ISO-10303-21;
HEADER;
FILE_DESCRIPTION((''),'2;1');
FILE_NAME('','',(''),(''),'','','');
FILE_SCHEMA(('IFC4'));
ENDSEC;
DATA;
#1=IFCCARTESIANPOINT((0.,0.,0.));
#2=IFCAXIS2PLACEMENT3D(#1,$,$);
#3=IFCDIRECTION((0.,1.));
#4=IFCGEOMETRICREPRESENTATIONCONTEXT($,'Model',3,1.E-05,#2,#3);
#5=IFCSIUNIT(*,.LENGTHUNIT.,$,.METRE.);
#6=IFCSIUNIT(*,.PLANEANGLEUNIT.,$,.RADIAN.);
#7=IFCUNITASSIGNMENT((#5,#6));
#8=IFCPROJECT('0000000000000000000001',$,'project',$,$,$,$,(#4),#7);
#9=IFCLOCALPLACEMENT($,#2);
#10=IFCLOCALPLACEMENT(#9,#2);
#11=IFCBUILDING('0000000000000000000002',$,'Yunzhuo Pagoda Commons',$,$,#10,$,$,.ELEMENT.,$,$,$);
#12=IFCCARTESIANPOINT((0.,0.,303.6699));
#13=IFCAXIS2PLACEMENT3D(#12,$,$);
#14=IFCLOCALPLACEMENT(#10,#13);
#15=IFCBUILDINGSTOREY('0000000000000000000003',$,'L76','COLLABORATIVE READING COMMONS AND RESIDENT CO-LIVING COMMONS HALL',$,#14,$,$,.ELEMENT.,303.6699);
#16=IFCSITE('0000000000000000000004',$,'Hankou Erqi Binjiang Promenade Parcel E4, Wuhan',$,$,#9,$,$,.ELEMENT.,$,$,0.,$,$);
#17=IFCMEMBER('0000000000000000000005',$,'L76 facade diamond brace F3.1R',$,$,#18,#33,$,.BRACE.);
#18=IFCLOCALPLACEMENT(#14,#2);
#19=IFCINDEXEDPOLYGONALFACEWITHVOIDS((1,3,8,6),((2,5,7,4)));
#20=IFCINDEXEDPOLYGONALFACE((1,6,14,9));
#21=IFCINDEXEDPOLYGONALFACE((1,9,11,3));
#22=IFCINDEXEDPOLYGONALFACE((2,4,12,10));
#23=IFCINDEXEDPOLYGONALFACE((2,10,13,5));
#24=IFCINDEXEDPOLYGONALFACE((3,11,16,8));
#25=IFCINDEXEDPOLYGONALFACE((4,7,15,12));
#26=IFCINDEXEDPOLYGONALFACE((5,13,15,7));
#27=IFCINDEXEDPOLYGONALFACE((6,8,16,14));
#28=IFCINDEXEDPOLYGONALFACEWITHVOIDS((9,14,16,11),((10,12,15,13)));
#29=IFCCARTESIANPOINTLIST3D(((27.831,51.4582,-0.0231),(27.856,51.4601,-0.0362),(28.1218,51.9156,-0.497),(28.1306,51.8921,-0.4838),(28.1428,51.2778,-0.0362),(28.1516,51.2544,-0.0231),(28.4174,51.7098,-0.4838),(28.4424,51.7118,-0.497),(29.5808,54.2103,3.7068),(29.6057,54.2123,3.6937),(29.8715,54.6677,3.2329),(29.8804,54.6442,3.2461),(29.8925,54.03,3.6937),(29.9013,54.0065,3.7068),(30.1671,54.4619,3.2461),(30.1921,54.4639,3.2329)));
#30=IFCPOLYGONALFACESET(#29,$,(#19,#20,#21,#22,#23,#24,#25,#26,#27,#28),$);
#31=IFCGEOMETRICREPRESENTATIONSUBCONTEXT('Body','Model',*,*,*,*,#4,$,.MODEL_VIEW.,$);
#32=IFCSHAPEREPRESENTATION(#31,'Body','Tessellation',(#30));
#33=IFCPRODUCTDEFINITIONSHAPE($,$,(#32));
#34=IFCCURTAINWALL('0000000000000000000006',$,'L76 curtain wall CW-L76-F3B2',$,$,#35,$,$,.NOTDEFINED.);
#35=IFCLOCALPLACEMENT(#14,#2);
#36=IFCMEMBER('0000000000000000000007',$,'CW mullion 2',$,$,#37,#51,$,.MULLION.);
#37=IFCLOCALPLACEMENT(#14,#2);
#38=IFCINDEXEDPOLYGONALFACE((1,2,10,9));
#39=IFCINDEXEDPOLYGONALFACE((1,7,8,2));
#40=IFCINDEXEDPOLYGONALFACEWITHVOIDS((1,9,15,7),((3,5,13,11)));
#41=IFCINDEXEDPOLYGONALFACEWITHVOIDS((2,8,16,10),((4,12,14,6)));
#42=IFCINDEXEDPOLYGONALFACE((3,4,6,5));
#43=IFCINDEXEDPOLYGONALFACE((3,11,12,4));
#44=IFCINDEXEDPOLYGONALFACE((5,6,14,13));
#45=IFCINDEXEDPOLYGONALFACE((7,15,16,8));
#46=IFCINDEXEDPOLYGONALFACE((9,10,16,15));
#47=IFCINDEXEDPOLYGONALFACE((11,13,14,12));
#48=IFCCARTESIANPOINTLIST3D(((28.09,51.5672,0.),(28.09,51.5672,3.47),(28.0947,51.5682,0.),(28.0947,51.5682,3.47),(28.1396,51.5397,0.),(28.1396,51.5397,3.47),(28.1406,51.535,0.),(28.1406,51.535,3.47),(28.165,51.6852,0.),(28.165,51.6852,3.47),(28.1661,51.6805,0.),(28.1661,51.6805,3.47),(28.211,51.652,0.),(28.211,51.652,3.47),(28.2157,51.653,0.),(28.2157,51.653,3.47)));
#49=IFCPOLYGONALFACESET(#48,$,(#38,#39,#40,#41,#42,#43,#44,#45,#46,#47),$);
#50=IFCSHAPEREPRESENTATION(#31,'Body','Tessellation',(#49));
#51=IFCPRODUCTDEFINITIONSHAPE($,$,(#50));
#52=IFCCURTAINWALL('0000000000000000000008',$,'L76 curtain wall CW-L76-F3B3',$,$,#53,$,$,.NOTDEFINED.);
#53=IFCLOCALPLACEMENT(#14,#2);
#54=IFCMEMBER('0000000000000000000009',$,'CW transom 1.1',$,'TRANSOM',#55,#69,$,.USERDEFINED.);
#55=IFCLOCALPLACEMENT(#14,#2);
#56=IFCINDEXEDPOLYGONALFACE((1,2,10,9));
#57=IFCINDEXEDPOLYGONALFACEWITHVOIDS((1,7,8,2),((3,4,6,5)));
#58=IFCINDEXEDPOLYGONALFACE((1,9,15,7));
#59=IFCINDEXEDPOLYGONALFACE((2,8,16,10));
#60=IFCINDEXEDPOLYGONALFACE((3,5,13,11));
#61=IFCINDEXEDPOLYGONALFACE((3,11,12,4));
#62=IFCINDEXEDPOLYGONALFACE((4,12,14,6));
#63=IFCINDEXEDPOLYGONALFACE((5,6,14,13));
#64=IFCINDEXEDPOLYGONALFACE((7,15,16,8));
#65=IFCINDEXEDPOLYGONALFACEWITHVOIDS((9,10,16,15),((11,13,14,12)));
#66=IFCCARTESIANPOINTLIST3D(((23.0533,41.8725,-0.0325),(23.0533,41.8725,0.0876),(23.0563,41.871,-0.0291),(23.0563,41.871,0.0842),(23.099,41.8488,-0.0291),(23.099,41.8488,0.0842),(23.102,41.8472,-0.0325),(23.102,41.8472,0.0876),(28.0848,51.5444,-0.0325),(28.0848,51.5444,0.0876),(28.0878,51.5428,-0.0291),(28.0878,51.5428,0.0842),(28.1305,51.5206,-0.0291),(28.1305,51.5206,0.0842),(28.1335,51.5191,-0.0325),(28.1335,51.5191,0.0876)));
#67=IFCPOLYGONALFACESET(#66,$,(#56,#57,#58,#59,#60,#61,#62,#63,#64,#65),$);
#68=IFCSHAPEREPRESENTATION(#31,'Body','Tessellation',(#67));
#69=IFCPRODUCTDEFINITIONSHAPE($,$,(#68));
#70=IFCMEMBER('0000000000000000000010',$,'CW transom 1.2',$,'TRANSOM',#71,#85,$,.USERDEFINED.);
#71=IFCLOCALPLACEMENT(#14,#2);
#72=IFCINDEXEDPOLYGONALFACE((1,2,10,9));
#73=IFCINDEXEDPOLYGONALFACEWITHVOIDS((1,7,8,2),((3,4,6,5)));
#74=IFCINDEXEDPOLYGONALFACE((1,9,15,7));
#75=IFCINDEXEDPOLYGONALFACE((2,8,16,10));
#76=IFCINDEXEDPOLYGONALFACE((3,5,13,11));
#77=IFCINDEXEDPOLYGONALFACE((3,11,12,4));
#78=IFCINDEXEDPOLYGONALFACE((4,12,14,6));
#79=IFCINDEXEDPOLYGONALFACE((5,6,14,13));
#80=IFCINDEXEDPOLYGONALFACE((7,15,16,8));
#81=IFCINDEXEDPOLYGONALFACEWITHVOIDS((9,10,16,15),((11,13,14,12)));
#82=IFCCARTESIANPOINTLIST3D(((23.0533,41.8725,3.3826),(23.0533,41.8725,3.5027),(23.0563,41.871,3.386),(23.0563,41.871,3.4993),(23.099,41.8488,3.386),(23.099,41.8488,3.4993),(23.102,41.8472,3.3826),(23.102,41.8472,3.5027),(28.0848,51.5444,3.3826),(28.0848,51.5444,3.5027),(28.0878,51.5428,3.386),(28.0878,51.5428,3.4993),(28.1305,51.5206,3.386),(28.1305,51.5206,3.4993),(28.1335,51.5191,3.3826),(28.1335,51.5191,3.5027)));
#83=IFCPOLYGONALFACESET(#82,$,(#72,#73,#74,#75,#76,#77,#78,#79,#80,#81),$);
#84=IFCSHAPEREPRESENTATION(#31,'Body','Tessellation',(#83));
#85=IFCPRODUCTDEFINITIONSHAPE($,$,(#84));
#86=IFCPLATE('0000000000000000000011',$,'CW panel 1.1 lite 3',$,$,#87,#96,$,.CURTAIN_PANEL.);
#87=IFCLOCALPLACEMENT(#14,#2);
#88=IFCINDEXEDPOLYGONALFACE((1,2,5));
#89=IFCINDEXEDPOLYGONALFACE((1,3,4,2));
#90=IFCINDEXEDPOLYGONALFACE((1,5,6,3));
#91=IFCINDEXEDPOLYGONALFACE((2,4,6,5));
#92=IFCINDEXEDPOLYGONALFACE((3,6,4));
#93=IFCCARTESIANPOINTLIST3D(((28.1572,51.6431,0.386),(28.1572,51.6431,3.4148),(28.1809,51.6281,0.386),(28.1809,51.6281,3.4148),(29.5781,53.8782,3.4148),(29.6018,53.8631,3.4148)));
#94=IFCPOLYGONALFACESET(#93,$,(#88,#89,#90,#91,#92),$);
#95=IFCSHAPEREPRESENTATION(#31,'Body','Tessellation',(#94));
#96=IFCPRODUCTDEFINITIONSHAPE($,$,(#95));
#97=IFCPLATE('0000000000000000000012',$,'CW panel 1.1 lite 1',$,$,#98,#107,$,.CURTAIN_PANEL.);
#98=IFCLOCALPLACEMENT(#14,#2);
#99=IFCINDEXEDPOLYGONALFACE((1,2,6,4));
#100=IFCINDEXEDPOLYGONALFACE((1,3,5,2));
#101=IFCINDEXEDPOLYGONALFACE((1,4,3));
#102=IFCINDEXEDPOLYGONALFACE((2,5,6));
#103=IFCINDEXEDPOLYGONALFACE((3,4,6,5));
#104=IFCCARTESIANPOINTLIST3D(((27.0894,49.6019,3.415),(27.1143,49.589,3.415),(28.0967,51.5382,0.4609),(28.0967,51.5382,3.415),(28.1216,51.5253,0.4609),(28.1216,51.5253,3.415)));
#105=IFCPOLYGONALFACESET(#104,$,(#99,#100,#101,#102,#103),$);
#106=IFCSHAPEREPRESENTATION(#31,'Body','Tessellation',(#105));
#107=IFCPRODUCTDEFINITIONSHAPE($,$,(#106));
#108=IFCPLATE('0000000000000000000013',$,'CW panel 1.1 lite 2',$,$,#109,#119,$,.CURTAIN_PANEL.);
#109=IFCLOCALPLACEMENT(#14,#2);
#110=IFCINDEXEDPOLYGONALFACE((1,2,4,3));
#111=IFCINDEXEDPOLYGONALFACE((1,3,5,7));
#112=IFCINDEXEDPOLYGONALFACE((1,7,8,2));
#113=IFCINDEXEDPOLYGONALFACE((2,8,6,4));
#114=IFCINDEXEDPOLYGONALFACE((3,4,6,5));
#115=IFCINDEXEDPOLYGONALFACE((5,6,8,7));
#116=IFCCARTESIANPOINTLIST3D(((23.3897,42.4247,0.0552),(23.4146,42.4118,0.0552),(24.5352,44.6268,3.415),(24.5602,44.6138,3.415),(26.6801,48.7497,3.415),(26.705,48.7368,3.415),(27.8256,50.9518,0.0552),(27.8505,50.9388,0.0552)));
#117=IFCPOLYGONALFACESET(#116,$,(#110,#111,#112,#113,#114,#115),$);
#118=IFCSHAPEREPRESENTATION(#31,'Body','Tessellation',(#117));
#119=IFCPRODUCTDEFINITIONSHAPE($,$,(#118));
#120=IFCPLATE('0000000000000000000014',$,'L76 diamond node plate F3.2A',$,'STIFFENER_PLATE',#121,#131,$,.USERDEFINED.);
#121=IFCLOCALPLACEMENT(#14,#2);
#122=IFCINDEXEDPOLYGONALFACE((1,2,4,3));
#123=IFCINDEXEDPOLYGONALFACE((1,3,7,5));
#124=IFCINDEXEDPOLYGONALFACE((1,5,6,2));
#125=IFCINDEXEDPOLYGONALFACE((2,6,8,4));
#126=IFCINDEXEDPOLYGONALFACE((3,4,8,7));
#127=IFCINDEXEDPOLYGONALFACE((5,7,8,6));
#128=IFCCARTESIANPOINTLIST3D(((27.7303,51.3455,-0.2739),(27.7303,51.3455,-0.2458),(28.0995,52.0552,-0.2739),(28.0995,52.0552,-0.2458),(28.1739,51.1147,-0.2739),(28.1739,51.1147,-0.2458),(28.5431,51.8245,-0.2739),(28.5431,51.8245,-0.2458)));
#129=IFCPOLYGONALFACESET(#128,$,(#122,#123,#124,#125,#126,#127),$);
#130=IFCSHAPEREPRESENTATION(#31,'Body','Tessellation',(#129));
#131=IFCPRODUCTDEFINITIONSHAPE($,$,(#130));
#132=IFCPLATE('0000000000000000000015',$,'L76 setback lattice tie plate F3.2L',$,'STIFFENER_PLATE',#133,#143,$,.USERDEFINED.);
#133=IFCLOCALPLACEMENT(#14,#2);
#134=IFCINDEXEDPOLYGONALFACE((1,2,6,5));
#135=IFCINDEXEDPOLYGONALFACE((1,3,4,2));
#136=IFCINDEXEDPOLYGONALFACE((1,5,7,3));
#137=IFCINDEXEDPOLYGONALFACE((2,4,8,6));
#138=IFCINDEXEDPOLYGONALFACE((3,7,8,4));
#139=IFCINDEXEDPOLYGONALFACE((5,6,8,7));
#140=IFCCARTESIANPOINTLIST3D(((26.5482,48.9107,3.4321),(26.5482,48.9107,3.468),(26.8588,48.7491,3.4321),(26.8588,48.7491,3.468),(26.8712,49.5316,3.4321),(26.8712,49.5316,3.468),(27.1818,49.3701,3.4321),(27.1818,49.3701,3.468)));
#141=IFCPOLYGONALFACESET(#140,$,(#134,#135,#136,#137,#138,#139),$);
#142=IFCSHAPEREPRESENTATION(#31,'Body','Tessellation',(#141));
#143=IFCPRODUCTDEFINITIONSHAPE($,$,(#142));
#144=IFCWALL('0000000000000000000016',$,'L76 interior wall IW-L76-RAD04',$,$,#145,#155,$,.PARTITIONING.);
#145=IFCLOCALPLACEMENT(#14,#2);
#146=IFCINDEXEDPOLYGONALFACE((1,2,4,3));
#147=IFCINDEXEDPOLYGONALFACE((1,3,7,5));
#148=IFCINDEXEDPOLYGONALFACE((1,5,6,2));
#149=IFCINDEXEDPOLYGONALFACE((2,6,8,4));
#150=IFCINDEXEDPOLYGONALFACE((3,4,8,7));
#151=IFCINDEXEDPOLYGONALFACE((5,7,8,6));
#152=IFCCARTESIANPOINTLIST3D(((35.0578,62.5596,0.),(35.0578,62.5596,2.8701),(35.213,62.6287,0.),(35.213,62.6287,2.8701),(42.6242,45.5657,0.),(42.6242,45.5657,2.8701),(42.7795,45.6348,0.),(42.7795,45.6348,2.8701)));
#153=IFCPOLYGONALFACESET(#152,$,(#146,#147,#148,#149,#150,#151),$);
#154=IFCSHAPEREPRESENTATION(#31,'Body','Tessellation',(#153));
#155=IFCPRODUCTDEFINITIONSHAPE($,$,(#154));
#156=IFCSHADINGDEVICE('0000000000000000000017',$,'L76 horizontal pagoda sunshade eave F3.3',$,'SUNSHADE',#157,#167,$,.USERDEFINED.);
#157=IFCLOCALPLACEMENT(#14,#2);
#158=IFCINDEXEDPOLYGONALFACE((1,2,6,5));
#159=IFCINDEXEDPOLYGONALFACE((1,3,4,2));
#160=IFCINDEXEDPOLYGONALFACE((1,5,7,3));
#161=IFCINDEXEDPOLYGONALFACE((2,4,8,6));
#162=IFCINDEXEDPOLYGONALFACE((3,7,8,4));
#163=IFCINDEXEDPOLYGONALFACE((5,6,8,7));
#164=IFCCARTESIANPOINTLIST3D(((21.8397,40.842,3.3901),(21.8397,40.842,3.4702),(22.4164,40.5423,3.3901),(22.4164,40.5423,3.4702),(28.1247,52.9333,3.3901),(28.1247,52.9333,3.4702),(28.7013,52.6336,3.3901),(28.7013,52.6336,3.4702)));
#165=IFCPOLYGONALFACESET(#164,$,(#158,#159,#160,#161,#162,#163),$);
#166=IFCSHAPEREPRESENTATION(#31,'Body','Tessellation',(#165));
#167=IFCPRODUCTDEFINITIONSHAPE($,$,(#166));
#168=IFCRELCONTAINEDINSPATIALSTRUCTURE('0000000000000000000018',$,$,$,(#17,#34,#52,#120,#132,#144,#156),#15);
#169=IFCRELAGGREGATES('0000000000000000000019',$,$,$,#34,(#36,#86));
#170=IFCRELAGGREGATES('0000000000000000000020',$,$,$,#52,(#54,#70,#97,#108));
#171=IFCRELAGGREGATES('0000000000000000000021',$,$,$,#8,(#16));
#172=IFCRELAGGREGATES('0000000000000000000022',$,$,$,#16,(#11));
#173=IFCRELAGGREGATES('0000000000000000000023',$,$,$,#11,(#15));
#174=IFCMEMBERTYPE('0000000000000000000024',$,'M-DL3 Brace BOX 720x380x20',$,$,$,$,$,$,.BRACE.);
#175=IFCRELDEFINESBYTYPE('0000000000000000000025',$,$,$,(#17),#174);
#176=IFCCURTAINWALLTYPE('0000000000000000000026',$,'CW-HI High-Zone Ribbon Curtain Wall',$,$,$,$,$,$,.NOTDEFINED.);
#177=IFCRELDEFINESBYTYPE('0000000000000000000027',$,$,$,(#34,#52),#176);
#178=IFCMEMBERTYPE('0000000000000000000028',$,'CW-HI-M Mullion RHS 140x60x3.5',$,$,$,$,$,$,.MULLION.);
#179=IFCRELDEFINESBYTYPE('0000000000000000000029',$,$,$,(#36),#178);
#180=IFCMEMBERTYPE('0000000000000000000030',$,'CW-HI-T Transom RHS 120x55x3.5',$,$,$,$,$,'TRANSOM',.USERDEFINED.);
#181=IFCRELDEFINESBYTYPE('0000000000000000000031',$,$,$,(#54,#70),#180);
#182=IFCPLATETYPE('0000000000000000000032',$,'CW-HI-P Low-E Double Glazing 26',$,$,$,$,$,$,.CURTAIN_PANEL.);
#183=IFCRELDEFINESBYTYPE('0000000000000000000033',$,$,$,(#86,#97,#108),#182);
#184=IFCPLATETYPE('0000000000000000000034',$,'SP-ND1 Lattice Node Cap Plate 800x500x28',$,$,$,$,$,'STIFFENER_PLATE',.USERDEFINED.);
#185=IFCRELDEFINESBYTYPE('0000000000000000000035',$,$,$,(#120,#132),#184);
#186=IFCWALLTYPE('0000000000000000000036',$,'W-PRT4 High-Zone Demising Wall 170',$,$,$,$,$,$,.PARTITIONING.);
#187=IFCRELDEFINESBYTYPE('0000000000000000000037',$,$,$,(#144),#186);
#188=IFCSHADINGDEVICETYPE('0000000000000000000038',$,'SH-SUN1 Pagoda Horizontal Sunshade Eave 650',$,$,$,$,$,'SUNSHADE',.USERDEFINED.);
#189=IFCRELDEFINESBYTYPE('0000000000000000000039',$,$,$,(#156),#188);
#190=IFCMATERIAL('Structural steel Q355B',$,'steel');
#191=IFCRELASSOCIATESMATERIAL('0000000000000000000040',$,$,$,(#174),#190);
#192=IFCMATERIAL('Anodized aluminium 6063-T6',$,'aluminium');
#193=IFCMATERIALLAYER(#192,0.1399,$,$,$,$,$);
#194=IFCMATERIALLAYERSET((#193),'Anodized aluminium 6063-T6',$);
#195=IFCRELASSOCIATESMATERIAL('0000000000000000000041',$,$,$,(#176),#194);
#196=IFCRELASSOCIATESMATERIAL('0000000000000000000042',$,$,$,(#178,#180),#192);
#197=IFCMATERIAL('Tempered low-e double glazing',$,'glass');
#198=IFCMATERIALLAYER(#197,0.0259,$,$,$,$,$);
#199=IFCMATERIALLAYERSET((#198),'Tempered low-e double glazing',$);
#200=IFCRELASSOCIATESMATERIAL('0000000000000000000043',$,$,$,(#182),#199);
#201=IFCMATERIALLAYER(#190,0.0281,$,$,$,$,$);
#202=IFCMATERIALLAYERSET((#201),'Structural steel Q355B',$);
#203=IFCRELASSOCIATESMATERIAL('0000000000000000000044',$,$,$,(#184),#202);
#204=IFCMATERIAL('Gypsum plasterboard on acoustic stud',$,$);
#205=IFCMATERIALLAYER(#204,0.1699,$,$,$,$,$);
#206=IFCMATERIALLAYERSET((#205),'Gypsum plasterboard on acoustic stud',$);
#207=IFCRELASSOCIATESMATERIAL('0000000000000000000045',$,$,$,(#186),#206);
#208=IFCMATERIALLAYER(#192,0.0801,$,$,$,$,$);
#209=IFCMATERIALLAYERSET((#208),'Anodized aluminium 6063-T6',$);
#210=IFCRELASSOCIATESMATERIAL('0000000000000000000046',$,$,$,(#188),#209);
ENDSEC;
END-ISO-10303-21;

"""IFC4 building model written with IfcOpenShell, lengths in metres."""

from ifc_helpers import new_model, si_unit, direction, frame, frame_2d, origin, origin_2d, place, context, subcontext, project, spatial, polyline, rectangle, hollow_rectangle, outline, extrude, source, transform, mapped, material, layer, layer_set, material_profile, profile_set, type_object, element, aggregate, save


model = new_model("IFC4")

# Units and contexts
model_context = context("Model", 3, precision=1e-05, world=origin(), true_north=direction((0.0, 1.0)))
body_context = subcontext(model_context, "Body", "Model", "MODEL_VIEW")
ifc_project = project(units=[si_unit("LENGTHUNIT", "METRE"), si_unit("PLANEANGLEUNIT", "RADIAN")], contexts=[model_context])

# Site, building, storey
site_placement = place(None, origin())
site = spatial("IfcSite", under=ifc_project, at=site_placement, Name="Hankou Erqi Binjiang Promenade Parcel E4, Wuhan", CompositionType="ELEMENT", RefElevation=0.0)
building_placement = place(site_placement, origin())
building = spatial("IfcBuilding", under=site, at=building_placement, Name="Yunzhuo Pagoda Commons", CompositionType="ELEMENT")
storey_placement = place(building_placement, frame((0.0, 0.0, 303.6699)))
storey = spatial("IfcBuildingStorey", under=building, at=storey_placement, Name="L76", Description="COLLABORATIVE READING COMMONS AND RESIDENT CO-LIVING COMMONS HALL", CompositionType="ELEMENT", Elevation=303.6699)

# Shared definitions
ifc_material_1 = material(Name="Structural steel Q355B", Category="steel")

# Member
ifc_material_profile_1 = material_profile(ifc_material_1, hollow_rectangle(XDim=0.3799, YDim=0.72, WallThickness=0.02, at=origin_2d()), Name="Structural steel Q355B")
ifc_profile_set_1 = profile_set([ifc_material_profile_1], Name="Structural steel Q355B")
member_type_1 = type_object("IfcMemberType", Name="M-DL3 Brace BOX 720x380x20", PredefinedType="BRACE", material=ifc_profile_set_1)
shared_shape_1 = source(origin(), body_context, "Body", "SweptSolid", [
    extrude(hollow_rectangle(XDim=0.3799, YDim=0.72, WallThickness=0.02, at=origin_2d()), origin(), (0.0, 0.0, 1.0), 4.9546),
])
member_1_placement = place(storey_placement, frame((28.1367, 51.585, -0.26), z_axis=(0.353151, 0.555473, 0.752818), x_axis=(-0.84389, 0.536517, 0.0)))
element("IfcMember", 1, at=member_1_placement, inside=storey, type_object=member_type_1, Name="L76 facade diamond brace F3.1R", PredefinedType="BRACE", context=body_context, shape_type="MappedRepresentation", body=[
    mapped(shared_shape_1, transform((0.0, 0.0, 0.0), scale=1.0)),
])

# Curtain wall, member
ifc_material_2 = material(Name="Anodized aluminium 6063-T6", Category="aluminium")
ifc_layer_1 = layer(ifc_material_2, 0.1399)
ifc_layer_set_1 = layer_set([ifc_layer_1], Name="Anodized aluminium 6063-T6")
curtain_wall_type = type_object("IfcCurtainWallType", Name="CW-HI High-Zone Ribbon Curtain Wall", PredefinedType="NOTDEFINED", material=ifc_layer_set_1)
curtain_wall_1_placement = place(storey_placement, origin())
curtain_wall_1 = element("IfcCurtainWall", 2, at=curtain_wall_1_placement, inside=storey, type_object=curtain_wall_type, Name="L76 curtain wall CW-L76-F3B2", PredefinedType="NOTDEFINED")
ifc_material_profile_2 = material_profile(ifc_material_2, hollow_rectangle(XDim=0.0601, YDim=0.1399, WallThickness=0.0034, at=origin_2d()), Name="Anodized aluminium 6063-T6")
ifc_profile_set_2 = profile_set([ifc_material_profile_2], Name="Anodized aluminium 6063-T6")
member_type_2 = type_object("IfcMemberType", Name="CW-HI-M Mullion RHS 140x60x3.5", PredefinedType="MULLION", material=ifc_profile_set_2)
shared_shape_2 = source(origin(), body_context, "Body", "SweptSolid", [
    extrude(hollow_rectangle(XDim=0.0601, YDim=0.1399, WallThickness=0.0034, at=origin_2d()), origin(), (0.0, 0.0, 1.0), 3.47),
])
member_2_placement = place(storey_placement, frame((28.1528, 51.6101, 0.0), z_axis=(0.0, 0.0, 1.0), x_axis=(0.84391, -0.536485, 0.0)))
member_2 = element("IfcMember", 3, at=member_2_placement, type_object=member_type_2, Name="CW mullion 2", PredefinedType="MULLION", context=body_context, shape_type="MappedRepresentation", body=[
    mapped(shared_shape_2, transform((0.0, 0.0, 0.0), scale=1.0)),
])

# Curtain wall, members
curtain_wall_2_placement = place(storey_placement, origin())
curtain_wall_2 = element("IfcCurtainWall", 4, at=curtain_wall_2_placement, inside=storey, type_object=curtain_wall_type, Name="L76 curtain wall CW-L76-F3B3", PredefinedType="NOTDEFINED")
ifc_material_profile_3 = material_profile(ifc_material_2, hollow_rectangle(XDim=0.0549, YDim=0.1201, WallThickness=0.0034, at=origin_2d()), Name="Anodized aluminium 6063-T6")
ifc_profile_set_3 = profile_set([ifc_material_profile_3], Name="Anodized aluminium 6063-T6")
member_type_3 = type_object("IfcMemberType", Name="CW-HI-T Transom RHS 120x55x3.5", ElementType="TRANSOM", PredefinedType="USERDEFINED", material=ifc_profile_set_3)
shared_shape_3 = source(origin(), body_context, "Body", "SweptSolid", [
    extrude(hollow_rectangle(XDim=0.0549, YDim=0.1201, WallThickness=0.0034, at=origin_2d()), origin(), (0.0, 0.0, 1.0), 10.9023),
])
member_3_placement = place(storey_placement, frame((28.1091, 51.5317, 0.0276), z_axis=(-0.461506, -0.887137, 0.0), x_axis=(0.887137, -0.461506, 0.0)))
member_3 = element("IfcMember", 5, at=member_3_placement, type_object=member_type_3, Name="CW transom 1.1", ObjectType="TRANSOM", PredefinedType="USERDEFINED", context=body_context, shape_type="MappedRepresentation", body=[
    mapped(shared_shape_3, transform((0.0, 0.0, 0.0), scale=1.0)),
])
member_4_placement = place(storey_placement, frame((28.1091, 51.5317, 3.4426), z_axis=(-0.461506, -0.887137, 0.0), x_axis=(0.887137, -0.461506, 0.0)))
member_4 = element("IfcMember", 6, at=member_4_placement, type_object=member_type_3, Name="CW transom 1.2", ObjectType="TRANSOM", PredefinedType="USERDEFINED", context=body_context, shape_type="MappedRepresentation", body=[
    mapped(shared_shape_3, transform((0.0, 0.0, 0.0), scale=1.0)),
])

# Plates
ifc_material_3 = material(Name="Tempered low-e double glazing", Category="glass")
ifc_layer_2 = layer(ifc_material_3, 0.0259)
ifc_layer_set_2 = layer_set([ifc_layer_2], Name="Tempered low-e double glazing")
plate_type_1 = type_object("IfcPlateType", Name="CW-HI-P Low-E Double Glazing 26", PredefinedType="CURTAIN_PANEL", material=ifc_layer_set_2)
plate_1_placement = place(storey_placement, frame((28.8914, 52.7456, 1.9004), z_axis=(-0.84391, 0.536485, 0.0), x_axis=(-0.536485, -0.84391, 0.0)))
plate_1 = element("IfcPlate", 7, at=plate_1_placement, type_object=plate_type_1, Name="CW panel 1.1 lite 3", PredefinedType="CURTAIN_PANEL", context=body_context, shape_type="SweptSolid", body=[
    extrude(outline(polyline([(-1.3242, 1.5144), (1.3242, -1.5144), (1.3242, 1.5144), (-1.3242, 1.5144)])), origin(), (0.0, 0.0, 1.0), 0.0281),
])
aggregate(curtain_wall_1, [member_2, plate_1])
plate_2_placement = place(storey_placement, frame((27.6179, 50.5571, 1.938), z_axis=(-0.887137, 0.461505, 0.0), x_axis=(-0.461505, -0.887137, 0.0)))
plate_2 = element("IfcPlate", 8, at=plate_2_placement, type_object=plate_type_1, Name="CW panel 1.1 lite 1", PredefinedType="CURTAIN_PANEL", context=body_context, shape_type="SweptSolid", body=[
    extrude(outline(polyline([(-1.0913, -1.4771), (1.0913, 1.4771), (-1.0913, 1.4771), (-1.0913, -1.4771)])), origin(), (0.0, 0.0, 1.0), 0.0281),
])
plate_3_placement = place(storey_placement, frame((25.6326, 46.6753, 1.7351), z_axis=(-0.887137, 0.461505, 0.0), x_axis=(-0.461505, -0.887137, 0.0)))
plate_3 = element("IfcPlate", 9, at=plate_3_placement, type_object=plate_type_1, Name="CW panel 1.1 lite 2", PredefinedType="CURTAIN_PANEL", context=body_context, shape_type="SweptSolid", body=[
    extrude(outline(polyline([(-4.8059, -1.6799), (4.8059, -1.6799), (2.3237, 1.6799), (-2.3237, 1.6799), (-4.8059, -1.6799)])), origin(), (0.0, 0.0, 1.0), 0.0281),
])
aggregate(curtain_wall_2, [member_3, member_4, plate_2, plate_3])

# Plates
ifc_layer_3 = layer(ifc_material_1, 0.0281)
ifc_layer_set_3 = layer_set([ifc_layer_3], Name="Structural steel Q355B")
plate_type_2 = type_object("IfcPlateType", Name="SP-ND1 Lattice Node Cap Plate 800x500x28", ElementType="STIFFENER_PLATE", PredefinedType="USERDEFINED", material=ifc_layer_set_3)
shared_shape_4 = source(origin(), body_context, "Body", "SweptSolid", [
    extrude(rectangle(XDim=0.8, YDim=0.5, at=origin_2d()), origin(), (0.0, 0.0, 1.0), 0.0281),
])
plate_4_placement = place(storey_placement, frame((28.1367, 51.585, -0.2739), z_axis=(0.0, 0.0, 1.0), x_axis=(-0.461501, -0.88714, 0.0)))
element("IfcPlate", 10, at=plate_4_placement, inside=storey, type_object=plate_type_2, Name="L76 diamond node plate F3.2A", ObjectType="STIFFENER_PLATE", PredefinedType="USERDEFINED", context=body_context, shape_type="MappedRepresentation", body=[
    mapped(shared_shape_4, transform((0.0, 0.0, 0.0), scale=1.0)),
])
shared_shape_5 = source(origin(), body_context, "Body", "SweptSolid", [
    extrude(rectangle(XDim=0.7, YDim=0.3501, at=origin_2d()), origin(), (0.0, 0.0, 1.0), 0.0359),
])
plate_5_placement = place(storey_placement, frame((26.865, 49.1404, 3.4321), z_axis=(0.0, 0.0, 1.0), x_axis=(-0.461501, -0.88714, 0.0)))
element("IfcPlate", 11, at=plate_5_placement, inside=storey, type_object=plate_type_2, Name="L76 setback lattice tie plate F3.2L", ObjectType="STIFFENER_PLATE", PredefinedType="USERDEFINED", context=body_context, shape_type="MappedRepresentation", body=[
    mapped(shared_shape_5, transform((0.0, 0.0, 0.0), scale=1.0)),
])

# Wall
ifc_material_4 = material(Name="Gypsum plasterboard on acoustic stud")
ifc_layer_4 = layer(ifc_material_4, 0.1699)
ifc_layer_set_4 = layer_set([ifc_layer_4], Name="Gypsum plasterboard on acoustic stud")
wall_type = type_object("IfcWallType", Name="W-PRT4 High-Zone Demising Wall 170", PredefinedType="PARTITIONING", material=ifc_layer_set_4)
wall_placement = place(storey_placement, frame((42.7019, 45.6001, 0.0), z_axis=(0.0, 0.0, 1.0), x_axis=(-0.406747, 0.913541, 0.0)))
element("IfcWall", 12, at=wall_placement, inside=storey, type_object=wall_type, Name="L76 interior wall IW-L76-RAD04", PredefinedType="PARTITIONING", context=body_context, shape_type="SweptSolid", body=[
    extrude(rectangle(XDim=18.6023, YDim=0.1699, at=frame_2d((9.3013, 0.0))), origin(), (0.0, 0.0, 1.0), 2.8701),
])

# Shading device
ifc_layer_5 = layer(ifc_material_2, 0.0801)
ifc_layer_set_5 = layer_set([ifc_layer_5], Name="Anodized aluminium 6063-T6")
shading_device_type = type_object("IfcShadingDeviceType", Name="SH-SUN1 Pagoda Horizontal Sunshade Eave 650", ElementType="SUNSHADE", PredefinedType="USERDEFINED", material=ifc_layer_set_5)
shared_shape_6 = source(origin(), body_context, "Body", "SweptSolid", [
    extrude(rectangle(XDim=13.6272, YDim=0.6499, at=origin_2d()), origin(), (0.0, 0.0, 1.0), 0.0801),
])
shading_device_placement = place(storey_placement, frame((25.2705, 46.7378, 3.3901), z_axis=(0.0, 0.0, 1.0), x_axis=(-0.461207, -0.887293, 0.0)))
element("IfcShadingDevice", 13, at=shading_device_placement, inside=storey, type_object=shading_device_type, Name="L76 horizontal pagoda sunshade eave F3.3", ObjectType="SUNSHADE", PredefinedType="USERDEFINED", context=body_context, shape_type="MappedRepresentation", body=[
    mapped(shared_shape_6, transform((0.0, 0.0, 0.0), scale=1.0)),
])

save(model, "model.ifc")
